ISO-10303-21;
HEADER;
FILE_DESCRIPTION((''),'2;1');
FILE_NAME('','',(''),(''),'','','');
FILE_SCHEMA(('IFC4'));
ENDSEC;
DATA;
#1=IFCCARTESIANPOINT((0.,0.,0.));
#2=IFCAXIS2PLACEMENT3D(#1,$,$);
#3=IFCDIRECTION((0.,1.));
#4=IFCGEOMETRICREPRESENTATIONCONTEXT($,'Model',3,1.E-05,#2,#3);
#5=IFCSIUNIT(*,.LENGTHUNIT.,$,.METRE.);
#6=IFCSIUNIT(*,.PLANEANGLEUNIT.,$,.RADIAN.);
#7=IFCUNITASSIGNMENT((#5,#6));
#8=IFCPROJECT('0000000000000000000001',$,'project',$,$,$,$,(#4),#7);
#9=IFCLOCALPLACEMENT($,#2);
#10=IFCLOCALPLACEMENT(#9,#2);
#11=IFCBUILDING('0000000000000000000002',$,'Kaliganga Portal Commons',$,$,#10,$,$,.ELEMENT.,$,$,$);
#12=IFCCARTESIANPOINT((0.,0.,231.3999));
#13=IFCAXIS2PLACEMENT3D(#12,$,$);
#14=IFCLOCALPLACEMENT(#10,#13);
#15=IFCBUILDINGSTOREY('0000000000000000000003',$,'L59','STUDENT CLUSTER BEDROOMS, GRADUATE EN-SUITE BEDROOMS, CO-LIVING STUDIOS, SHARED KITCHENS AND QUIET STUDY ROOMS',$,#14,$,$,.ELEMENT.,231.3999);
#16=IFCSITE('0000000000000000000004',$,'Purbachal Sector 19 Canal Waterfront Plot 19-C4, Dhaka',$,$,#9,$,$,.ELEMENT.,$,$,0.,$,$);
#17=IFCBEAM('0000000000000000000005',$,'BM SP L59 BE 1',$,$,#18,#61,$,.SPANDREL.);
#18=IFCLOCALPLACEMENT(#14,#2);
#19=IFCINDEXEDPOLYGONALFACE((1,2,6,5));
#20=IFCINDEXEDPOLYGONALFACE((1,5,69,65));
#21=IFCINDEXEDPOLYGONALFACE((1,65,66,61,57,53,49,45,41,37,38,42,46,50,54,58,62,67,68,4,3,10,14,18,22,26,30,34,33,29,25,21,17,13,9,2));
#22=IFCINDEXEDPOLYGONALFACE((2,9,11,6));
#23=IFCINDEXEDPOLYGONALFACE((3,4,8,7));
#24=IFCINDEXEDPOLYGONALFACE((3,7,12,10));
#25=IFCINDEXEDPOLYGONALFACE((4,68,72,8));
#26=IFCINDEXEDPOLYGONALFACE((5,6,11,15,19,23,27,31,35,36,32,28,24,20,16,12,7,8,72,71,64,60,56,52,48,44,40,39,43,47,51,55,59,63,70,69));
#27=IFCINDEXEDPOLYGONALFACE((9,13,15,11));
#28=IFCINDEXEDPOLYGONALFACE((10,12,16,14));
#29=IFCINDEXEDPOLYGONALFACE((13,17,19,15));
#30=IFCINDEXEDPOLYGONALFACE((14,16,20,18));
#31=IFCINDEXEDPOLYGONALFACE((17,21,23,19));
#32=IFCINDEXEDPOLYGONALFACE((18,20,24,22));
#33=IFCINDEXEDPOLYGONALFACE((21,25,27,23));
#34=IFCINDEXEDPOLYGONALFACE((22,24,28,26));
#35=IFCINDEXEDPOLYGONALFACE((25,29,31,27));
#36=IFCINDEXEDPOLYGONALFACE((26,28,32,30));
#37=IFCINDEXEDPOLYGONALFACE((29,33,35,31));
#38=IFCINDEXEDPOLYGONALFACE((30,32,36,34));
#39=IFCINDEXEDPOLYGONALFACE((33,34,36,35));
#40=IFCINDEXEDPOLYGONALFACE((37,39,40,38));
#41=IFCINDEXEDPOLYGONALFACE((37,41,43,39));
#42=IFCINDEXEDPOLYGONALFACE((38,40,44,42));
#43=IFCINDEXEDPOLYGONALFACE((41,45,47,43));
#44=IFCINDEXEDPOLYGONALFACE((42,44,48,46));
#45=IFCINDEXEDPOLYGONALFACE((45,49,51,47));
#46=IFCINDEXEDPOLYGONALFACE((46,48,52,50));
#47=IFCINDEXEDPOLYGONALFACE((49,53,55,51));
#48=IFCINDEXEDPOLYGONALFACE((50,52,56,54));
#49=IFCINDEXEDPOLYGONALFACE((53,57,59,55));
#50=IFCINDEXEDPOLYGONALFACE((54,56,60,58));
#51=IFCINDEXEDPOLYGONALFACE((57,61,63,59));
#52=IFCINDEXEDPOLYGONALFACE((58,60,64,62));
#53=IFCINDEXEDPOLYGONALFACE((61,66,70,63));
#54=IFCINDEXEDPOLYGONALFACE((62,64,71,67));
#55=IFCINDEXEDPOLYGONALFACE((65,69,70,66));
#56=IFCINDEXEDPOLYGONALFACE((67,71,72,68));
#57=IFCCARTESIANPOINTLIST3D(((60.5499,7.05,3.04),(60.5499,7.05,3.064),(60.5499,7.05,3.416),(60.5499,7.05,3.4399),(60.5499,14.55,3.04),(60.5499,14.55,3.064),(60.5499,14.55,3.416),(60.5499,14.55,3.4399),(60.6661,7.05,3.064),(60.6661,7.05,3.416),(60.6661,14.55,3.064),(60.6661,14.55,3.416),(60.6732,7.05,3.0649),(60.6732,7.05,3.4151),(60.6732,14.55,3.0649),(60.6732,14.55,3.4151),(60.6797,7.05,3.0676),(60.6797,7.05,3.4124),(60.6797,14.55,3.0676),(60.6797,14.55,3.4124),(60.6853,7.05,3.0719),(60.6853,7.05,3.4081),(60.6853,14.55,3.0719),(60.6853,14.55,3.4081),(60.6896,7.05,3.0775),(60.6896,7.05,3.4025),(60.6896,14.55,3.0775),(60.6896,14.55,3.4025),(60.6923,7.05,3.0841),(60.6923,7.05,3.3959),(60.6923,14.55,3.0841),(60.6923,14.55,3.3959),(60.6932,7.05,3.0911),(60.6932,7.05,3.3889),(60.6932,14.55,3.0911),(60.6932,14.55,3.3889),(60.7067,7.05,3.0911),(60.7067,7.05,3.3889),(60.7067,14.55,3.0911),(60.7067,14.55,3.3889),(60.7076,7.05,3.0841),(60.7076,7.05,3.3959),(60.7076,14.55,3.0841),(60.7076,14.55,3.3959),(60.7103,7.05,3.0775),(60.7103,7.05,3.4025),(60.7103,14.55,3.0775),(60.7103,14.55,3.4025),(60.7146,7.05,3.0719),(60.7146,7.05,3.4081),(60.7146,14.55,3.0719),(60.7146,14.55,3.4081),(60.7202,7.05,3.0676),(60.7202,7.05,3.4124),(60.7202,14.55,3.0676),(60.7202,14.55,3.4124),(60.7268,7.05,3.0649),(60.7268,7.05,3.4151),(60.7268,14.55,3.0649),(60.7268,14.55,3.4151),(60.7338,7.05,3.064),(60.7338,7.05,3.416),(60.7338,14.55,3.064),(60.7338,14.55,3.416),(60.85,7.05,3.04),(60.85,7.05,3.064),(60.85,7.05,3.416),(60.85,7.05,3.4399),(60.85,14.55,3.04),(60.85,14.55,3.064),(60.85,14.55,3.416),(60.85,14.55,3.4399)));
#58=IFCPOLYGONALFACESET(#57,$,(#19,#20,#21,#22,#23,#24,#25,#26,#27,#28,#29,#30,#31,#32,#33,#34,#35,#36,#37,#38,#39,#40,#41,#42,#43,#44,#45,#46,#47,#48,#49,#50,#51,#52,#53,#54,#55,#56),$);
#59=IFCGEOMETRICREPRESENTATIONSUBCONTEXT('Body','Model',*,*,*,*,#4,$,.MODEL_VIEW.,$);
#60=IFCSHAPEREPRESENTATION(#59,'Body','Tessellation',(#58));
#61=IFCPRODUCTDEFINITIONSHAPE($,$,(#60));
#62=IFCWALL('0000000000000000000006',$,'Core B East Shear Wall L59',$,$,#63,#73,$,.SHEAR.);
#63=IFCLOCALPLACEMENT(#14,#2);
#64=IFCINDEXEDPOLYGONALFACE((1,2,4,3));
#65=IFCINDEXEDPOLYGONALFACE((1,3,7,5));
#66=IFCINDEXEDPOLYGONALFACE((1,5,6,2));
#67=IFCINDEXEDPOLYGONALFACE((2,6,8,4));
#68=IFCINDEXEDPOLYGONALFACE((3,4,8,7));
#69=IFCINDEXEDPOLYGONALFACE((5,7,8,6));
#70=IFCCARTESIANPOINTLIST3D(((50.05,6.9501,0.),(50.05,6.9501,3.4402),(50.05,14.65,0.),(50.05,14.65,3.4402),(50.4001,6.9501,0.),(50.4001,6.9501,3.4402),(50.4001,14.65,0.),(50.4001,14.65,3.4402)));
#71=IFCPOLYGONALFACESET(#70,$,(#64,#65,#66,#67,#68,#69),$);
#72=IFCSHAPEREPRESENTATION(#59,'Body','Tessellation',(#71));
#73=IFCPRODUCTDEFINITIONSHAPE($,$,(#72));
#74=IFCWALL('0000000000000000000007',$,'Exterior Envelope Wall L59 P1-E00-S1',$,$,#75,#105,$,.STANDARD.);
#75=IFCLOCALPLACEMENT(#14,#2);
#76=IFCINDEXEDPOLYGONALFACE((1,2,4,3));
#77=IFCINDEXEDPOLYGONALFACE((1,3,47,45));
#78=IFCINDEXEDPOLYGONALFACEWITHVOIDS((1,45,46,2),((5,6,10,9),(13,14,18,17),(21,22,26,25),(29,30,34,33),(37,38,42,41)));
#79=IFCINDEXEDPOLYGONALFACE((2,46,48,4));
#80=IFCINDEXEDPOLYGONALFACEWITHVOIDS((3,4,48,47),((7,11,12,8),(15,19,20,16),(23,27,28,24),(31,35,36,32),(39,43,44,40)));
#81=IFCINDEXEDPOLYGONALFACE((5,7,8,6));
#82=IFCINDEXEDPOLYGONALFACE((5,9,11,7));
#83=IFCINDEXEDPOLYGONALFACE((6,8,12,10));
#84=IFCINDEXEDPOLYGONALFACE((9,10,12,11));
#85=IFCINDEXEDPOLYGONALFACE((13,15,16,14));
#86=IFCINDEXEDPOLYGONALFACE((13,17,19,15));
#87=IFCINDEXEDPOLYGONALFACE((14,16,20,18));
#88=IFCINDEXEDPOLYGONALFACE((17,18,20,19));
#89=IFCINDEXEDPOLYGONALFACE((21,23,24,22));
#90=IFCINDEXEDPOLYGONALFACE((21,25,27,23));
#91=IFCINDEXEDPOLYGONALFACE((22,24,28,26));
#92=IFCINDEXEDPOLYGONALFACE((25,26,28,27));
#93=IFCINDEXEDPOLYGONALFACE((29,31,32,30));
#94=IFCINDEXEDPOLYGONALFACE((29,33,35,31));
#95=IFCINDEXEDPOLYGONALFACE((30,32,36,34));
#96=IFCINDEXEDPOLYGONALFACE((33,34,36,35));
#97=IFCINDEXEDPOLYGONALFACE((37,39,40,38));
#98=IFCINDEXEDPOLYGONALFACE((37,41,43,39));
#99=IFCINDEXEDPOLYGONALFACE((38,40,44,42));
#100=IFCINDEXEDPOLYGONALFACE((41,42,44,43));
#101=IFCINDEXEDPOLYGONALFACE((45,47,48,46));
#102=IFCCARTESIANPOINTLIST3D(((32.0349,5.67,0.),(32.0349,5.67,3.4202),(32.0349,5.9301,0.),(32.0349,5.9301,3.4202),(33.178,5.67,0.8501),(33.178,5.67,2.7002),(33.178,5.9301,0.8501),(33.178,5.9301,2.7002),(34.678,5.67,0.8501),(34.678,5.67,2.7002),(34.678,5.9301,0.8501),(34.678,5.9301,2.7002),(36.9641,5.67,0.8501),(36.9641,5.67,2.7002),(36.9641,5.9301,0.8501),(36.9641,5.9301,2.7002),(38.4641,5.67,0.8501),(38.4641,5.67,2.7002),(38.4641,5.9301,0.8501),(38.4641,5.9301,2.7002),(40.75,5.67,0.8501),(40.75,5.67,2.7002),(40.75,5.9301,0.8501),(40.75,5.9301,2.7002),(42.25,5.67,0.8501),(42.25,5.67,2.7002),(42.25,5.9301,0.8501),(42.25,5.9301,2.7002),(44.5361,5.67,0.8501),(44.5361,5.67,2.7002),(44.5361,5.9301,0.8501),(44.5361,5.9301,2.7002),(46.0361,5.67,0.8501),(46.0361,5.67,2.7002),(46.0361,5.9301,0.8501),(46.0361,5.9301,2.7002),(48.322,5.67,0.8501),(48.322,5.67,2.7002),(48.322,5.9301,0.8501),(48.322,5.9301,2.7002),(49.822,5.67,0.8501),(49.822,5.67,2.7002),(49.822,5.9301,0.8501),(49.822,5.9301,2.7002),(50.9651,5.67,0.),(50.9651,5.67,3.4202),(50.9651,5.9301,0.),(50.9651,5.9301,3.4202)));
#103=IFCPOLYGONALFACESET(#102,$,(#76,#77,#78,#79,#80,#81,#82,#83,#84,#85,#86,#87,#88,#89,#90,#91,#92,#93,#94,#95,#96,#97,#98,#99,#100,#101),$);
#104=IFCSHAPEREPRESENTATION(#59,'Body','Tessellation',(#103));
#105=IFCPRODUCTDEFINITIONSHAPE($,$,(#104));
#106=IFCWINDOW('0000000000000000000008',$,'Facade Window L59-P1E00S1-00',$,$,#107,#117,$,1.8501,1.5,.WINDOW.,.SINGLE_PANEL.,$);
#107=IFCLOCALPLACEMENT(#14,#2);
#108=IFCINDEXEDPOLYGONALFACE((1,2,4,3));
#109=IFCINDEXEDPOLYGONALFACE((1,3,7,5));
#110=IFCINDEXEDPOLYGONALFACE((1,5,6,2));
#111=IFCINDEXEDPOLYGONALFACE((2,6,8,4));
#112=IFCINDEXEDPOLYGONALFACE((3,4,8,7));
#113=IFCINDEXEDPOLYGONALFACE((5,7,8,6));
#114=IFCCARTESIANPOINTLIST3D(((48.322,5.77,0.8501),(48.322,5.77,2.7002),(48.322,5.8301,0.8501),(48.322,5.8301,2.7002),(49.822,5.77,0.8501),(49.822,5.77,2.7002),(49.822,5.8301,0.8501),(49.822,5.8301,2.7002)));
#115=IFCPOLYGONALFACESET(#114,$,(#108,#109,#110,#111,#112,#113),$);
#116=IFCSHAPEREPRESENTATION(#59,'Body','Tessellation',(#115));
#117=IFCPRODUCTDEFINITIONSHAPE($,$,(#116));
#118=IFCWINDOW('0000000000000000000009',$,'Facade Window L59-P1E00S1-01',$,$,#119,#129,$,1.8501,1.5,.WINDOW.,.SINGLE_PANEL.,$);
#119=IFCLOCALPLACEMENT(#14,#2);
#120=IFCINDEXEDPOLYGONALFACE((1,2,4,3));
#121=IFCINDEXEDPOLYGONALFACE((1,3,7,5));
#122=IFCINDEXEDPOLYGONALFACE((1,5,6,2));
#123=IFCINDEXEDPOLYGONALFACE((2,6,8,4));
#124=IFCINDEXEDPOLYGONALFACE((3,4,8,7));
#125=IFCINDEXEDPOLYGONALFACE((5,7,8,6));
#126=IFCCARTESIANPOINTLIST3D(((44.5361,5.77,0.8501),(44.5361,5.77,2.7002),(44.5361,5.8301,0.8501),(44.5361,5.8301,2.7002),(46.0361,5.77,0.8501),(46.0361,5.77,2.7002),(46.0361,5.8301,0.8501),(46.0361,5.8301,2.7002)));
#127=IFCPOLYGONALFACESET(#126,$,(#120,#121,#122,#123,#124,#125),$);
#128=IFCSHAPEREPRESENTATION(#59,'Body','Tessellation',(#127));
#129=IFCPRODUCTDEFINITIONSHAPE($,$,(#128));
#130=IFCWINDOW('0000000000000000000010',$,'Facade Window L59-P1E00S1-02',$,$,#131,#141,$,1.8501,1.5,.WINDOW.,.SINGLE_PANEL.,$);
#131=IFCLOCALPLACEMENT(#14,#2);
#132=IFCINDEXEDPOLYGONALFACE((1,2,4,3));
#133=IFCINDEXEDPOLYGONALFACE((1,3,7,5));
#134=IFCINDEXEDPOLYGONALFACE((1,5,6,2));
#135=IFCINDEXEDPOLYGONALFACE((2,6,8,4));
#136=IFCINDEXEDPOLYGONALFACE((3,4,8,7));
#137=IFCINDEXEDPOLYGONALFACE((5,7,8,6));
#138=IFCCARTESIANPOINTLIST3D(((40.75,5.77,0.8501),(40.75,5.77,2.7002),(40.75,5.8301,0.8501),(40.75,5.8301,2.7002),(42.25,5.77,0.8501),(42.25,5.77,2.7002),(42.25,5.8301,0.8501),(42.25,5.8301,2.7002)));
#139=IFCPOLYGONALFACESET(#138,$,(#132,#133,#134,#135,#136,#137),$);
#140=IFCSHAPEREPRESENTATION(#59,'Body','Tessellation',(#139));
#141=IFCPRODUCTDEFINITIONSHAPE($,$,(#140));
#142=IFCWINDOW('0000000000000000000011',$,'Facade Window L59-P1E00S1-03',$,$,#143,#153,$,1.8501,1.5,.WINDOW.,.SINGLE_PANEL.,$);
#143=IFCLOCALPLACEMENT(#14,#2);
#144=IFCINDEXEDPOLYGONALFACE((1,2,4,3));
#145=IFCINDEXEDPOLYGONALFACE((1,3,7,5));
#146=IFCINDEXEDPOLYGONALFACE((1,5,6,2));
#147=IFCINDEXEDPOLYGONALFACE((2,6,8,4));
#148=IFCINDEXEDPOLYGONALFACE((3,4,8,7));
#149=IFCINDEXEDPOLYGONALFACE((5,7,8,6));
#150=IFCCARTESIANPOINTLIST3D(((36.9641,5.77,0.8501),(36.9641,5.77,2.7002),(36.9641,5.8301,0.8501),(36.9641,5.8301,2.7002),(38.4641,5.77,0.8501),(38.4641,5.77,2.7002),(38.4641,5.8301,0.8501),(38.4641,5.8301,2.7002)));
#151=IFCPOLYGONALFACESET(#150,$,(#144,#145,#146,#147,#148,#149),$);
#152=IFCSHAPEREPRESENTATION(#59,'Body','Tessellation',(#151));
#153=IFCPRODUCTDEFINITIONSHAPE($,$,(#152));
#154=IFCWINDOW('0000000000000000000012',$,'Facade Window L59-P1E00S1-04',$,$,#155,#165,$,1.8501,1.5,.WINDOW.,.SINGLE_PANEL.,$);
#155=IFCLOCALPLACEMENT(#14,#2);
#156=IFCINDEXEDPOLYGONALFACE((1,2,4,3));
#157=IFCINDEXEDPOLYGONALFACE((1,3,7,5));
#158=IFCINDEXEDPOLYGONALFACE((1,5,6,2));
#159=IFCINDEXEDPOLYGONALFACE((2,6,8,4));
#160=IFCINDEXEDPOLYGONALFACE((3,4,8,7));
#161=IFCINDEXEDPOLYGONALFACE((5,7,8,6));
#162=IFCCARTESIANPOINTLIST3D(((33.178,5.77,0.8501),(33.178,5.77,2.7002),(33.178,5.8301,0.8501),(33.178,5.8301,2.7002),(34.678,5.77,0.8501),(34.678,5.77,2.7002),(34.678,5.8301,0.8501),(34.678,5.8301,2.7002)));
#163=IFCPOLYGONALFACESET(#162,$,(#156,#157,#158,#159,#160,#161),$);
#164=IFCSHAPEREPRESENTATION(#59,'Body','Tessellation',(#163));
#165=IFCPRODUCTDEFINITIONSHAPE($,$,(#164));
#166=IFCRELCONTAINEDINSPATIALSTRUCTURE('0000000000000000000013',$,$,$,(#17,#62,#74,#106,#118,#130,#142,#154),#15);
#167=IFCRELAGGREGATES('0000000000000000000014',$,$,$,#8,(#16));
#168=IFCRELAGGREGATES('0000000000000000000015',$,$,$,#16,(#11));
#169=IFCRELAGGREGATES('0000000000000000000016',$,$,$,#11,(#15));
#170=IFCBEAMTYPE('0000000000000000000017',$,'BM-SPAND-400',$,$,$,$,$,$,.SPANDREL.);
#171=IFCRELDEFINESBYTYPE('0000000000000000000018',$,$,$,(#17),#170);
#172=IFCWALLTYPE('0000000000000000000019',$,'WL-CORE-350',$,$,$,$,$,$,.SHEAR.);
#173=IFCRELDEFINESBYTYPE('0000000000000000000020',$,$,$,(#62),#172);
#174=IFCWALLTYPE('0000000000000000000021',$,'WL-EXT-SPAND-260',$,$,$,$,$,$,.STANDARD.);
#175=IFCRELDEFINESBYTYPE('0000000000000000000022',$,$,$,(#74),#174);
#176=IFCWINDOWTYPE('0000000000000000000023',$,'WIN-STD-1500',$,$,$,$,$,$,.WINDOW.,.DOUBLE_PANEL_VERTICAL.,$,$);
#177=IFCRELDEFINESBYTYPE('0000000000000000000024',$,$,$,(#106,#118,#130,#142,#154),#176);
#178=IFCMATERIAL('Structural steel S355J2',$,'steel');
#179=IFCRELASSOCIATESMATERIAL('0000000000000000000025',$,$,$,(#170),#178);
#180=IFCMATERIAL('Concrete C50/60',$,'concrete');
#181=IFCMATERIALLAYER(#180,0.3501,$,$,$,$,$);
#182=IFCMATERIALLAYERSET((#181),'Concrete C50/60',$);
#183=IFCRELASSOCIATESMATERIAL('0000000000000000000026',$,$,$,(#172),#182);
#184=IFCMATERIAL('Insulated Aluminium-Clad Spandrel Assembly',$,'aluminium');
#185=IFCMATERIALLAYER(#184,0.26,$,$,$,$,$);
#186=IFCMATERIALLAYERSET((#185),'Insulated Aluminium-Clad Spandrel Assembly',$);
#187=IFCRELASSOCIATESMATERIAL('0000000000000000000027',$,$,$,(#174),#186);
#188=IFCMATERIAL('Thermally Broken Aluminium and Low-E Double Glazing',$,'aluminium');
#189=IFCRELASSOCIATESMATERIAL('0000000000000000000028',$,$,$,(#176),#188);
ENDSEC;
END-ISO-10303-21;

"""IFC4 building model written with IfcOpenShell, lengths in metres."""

from ifc_helpers import new_model, si_unit, direction, frame, frame_2d, origin, origin_2d, place, context, subcontext, project, spatial, rectangle, i_section, extrude, source, transform, mapped, material, layer, layer_set, material_profile, profile_set, type_object, element, fill, save


model = new_model("IFC4")

# Units and contexts
model_context = context("Model", 3, precision=1e-05, world=origin(), true_north=direction((0.0, 1.0)))
body_context = subcontext(model_context, "Body", "Model", "MODEL_VIEW")
ifc_project = project(units=[si_unit("LENGTHUNIT", "METRE"), si_unit("PLANEANGLEUNIT", "RADIAN")], contexts=[model_context])

# Site, building, storey
site_placement = place(None, origin())
site = spatial("IfcSite", under=ifc_project, at=site_placement, Name="Purbachal Sector 19 Canal Waterfront Plot 19-C4, Dhaka", CompositionType="ELEMENT", RefElevation=0.0)
building_placement = place(site_placement, origin())
building = spatial("IfcBuilding", under=site, at=building_placement, Name="Kaliganga Portal Commons", CompositionType="ELEMENT")
storey_placement = place(building_placement, frame((0.0, 0.0, 231.3999)))
storey = spatial("IfcBuildingStorey", under=building, at=storey_placement, Name="L59", Description="STUDENT CLUSTER BEDROOMS, GRADUATE EN-SUITE BEDROOMS, CO-LIVING STUDIOS, SHARED KITCHENS AND QUIET STUDY ROOMS", CompositionType="ELEMENT", Elevation=231.3999)

# Shared definitions
ifc_material_1 = material(Name="Concrete C50/60", Category="concrete")
ifc_material_2 = material(Name="Structural steel S355J2", Category="steel")

# Beam
ifc_material_profile_1 = material_profile(ifc_material_2, i_section(OverallWidth=0.3, OverallDepth=0.3999, WebThickness=0.0134, FlangeThickness=0.0239, FilletRadius=0.0271, at=origin_2d()), Name="HE 400 B")
ifc_profile_set_1 = profile_set([ifc_material_profile_1], Name="Structural steel S355J2 wide-flange")
beam_type_1 = type_object("IfcBeamType", Name="BM-SPAND-400", PredefinedType="SPANDREL", material=ifc_profile_set_1)
shared_shape_1 = source(origin(), body_context, "Body", "SweptSolid", [
    extrude(i_section(OverallWidth=0.3, OverallDepth=0.3999, WebThickness=0.0134, FlangeThickness=0.0239, FilletRadius=0.0271, at=origin_2d()), origin(), (0.0, 0.0, 1.0), 7.5),
])
beam_1_placement = place(storey_placement, frame((60.7, 7.05, 3.24), z_axis=(0.0, 1.0, 0.0), x_axis=(-1.0, 0.0, 0.0)))
element("IfcBeam", 1, at=beam_1_placement, inside=storey, type_object=beam_type_1, Name="BM SP L59 BE 1", PredefinedType="SPANDREL", context=body_context, shape_type="MappedRepresentation", body=[
    mapped(shared_shape_1, transform((0.0, 0.0, 0.0), x_axis=(1.0, 0.0, 0.0), y_axis=(0.0, 1.0, 0.0), z_axis=(0.0, 0.0, 1.0), scale=1.0)),
])

# Wall
ifc_layer_1 = layer(ifc_material_1, 0.3501)
ifc_layer_set_1 = layer_set([ifc_layer_1], Name="Concrete C50/60")
wall_type_1 = type_object("IfcWallType", Name="WL-CORE-350", PredefinedType="SHEAR", material=ifc_layer_set_1)
wall_1_placement = place(storey_placement, frame((50.2251, 6.95, 0.0), z_axis=(0.0, 0.0, 1.0), x_axis=(0.0, 1.0, 0.0)))
element("IfcWall", 2, at=wall_1_placement, inside=storey, type_object=wall_type_1, Name="Core B East Shear Wall L59", PredefinedType="SHEAR", context=body_context, shape_type="SweptSolid", body=[
    extrude(rectangle(XDim=7.7, YDim=0.3501, at=frame_2d((3.8501, 0.0))), origin(), (0.0, 0.0, 1.0), 3.4402),
])

# Wall, openings, windows
ifc_material_3 = material(Name="Insulated Aluminium-Clad Spandrel Assembly", Category="aluminium")
ifc_layer_2 = layer(ifc_material_3, 0.26)
ifc_layer_set_2 = layer_set([ifc_layer_2], Name="Insulated Aluminium-Clad Spandrel Assembly")
wall_type_2 = type_object("IfcWallType", Name="WL-EXT-SPAND-260", PredefinedType="STANDARD", material=ifc_layer_set_2)
wall_2_placement = place(storey_placement, frame((50.9651, 5.8, 0.0), z_axis=(0.0, 0.0, 1.0), x_axis=(-1.0, 0.0, 0.0)))
wall_2 = element("IfcWall", 3, at=wall_2_placement, inside=storey, type_object=wall_type_2, Name="Exterior Envelope Wall L59 P1-E00-S1", PredefinedType="STANDARD", context=body_context, shape_type="SweptSolid", body=[
    extrude(rectangle(XDim=18.9302, YDim=0.26, at=frame_2d((9.4651, 0.0))), origin(), (0.0, 0.0, 1.0), 3.4202),
])
opening_1_placement = place(wall_2_placement, frame((1.1431, 0.0, 0.8501)))
opening_1 = element("IfcOpeningElement", 4, at=opening_1_placement, cuts=wall_2, PredefinedType="OPENING", context=body_context, shape_type="SweptSolid", body=[
    extrude(rectangle(XDim=1.5, YDim=1.8501, at=frame_2d((0.75, 0.925))), frame((0.0, 0.1401, 0.0), z_axis=(0.0, -1.0, 0.0), x_axis=(1.0, 0.0, 0.0)), (0.0, 0.0, 1.0), 0.28),
])
opening_2_placement = place(wall_2_placement, frame((4.929, 0.0, 0.8501)))
opening_2 = element("IfcOpeningElement", 5, at=opening_2_placement, cuts=wall_2, PredefinedType="OPENING", context=body_context, shape_type="SweptSolid", body=[
    extrude(rectangle(XDim=1.5, YDim=1.8501, at=frame_2d((0.75, 0.925))), frame((0.0, 0.1401, 0.0), z_axis=(0.0, -1.0, 0.0), x_axis=(1.0, 0.0, 0.0)), (0.0, 0.0, 1.0), 0.28),
])
opening_3_placement = place(wall_2_placement, frame((8.7151, 0.0, 0.8501)))
opening_3 = element("IfcOpeningElement", 6, at=opening_3_placement, cuts=wall_2, PredefinedType="OPENING", context=body_context, shape_type="SweptSolid", body=[
    extrude(rectangle(XDim=1.5, YDim=1.8501, at=frame_2d((0.75, 0.925))), frame((0.0, 0.1401, 0.0), z_axis=(0.0, -1.0, 0.0), x_axis=(1.0, 0.0, 0.0)), (0.0, 0.0, 1.0), 0.28),
])
opening_4_placement = place(wall_2_placement, frame((12.501, 0.0, 0.8501)))
opening_4 = element("IfcOpeningElement", 7, at=opening_4_placement, cuts=wall_2, PredefinedType="OPENING", context=body_context, shape_type="SweptSolid", body=[
    extrude(rectangle(XDim=1.5, YDim=1.8501, at=frame_2d((0.75, 0.925))), frame((0.0, 0.1401, 0.0), z_axis=(0.0, -1.0, 0.0), x_axis=(1.0, 0.0, 0.0)), (0.0, 0.0, 1.0), 0.28),
])
opening_5_placement = place(wall_2_placement, frame((16.2871, 0.0, 0.8501)))
opening_5 = element("IfcOpeningElement", 8, at=opening_5_placement, cuts=wall_2, PredefinedType="OPENING", context=body_context, shape_type="SweptSolid", body=[
    extrude(rectangle(XDim=1.5, YDim=1.8501, at=frame_2d((0.75, 0.925))), frame((0.0, 0.1401, 0.0), z_axis=(0.0, -1.0, 0.0), x_axis=(1.0, 0.0, 0.0)), (0.0, 0.0, 1.0), 0.28),
])
ifc_material_4 = material(Name="Thermally Broken Aluminium and Low-E Double Glazing", Category="aluminium")
window_type_1 = type_object("IfcWindowType", Name="WIN-STD-1500", PartitioningType="DOUBLE_PANEL_VERTICAL", PredefinedType="WINDOW", material=ifc_material_4)
window_1_placement = place(opening_1_placement, origin())
window_1 = element("IfcWindow", 9, at=window_1_placement, inside=storey, type_object=window_type_1, Name="Facade Window L59-P1E00S1-00", OverallHeight=1.8501, OverallWidth=1.5, PartitioningType="SINGLE_PANEL", PredefinedType="WINDOW", context=body_context, shape_type="SweptSolid", body=[
    extrude(rectangle(XDim=1.5, YDim=1.8501, at=frame_2d((0.75, 0.925))), frame((0.0, 0.03, 0.0), z_axis=(0.0, -1.0, 0.0), x_axis=(1.0, 0.0, 0.0)), (0.0, 0.0, 1.0), 0.0601),
])
fill(opening_1, window_1)
window_2_placement = place(opening_2_placement, origin())
window_2 = element("IfcWindow", 10, at=window_2_placement, inside=storey, type_object=window_type_1, Name="Facade Window L59-P1E00S1-01", OverallHeight=1.8501, OverallWidth=1.5, PartitioningType="SINGLE_PANEL", PredefinedType="WINDOW", context=body_context, shape_type="SweptSolid", body=[
    extrude(rectangle(XDim=1.5, YDim=1.8501, at=frame_2d((0.75, 0.925))), frame((0.0, 0.03, 0.0), z_axis=(0.0, -1.0, 0.0), x_axis=(1.0, 0.0, 0.0)), (0.0, 0.0, 1.0), 0.0601),
])
fill(opening_2, window_2)
window_3_placement = place(opening_3_placement, origin())
window_3 = element("IfcWindow", 11, at=window_3_placement, inside=storey, type_object=window_type_1, Name="Facade Window L59-P1E00S1-02", OverallHeight=1.8501, OverallWidth=1.5, PartitioningType="SINGLE_PANEL", PredefinedType="WINDOW", context=body_context, shape_type="SweptSolid", body=[
    extrude(rectangle(XDim=1.5, YDim=1.8501, at=frame_2d((0.75, 0.925))), frame((0.0, 0.03, 0.0), z_axis=(0.0, -1.0, 0.0), x_axis=(1.0, 0.0, 0.0)), (0.0, 0.0, 1.0), 0.0601),
])
fill(opening_3, window_3)
window_4_placement = place(opening_4_placement, origin())
window_4 = element("IfcWindow", 12, at=window_4_placement, inside=storey, type_object=window_type_1, Name="Facade Window L59-P1E00S1-03", OverallHeight=1.8501, OverallWidth=1.5, PartitioningType="SINGLE_PANEL", PredefinedType="WINDOW", context=body_context, shape_type="SweptSolid", body=[
    extrude(rectangle(XDim=1.5, YDim=1.8501, at=frame_2d((0.75, 0.925))), frame((0.0, 0.03, 0.0), z_axis=(0.0, -1.0, 0.0), x_axis=(1.0, 0.0, 0.0)), (0.0, 0.0, 1.0), 0.0601),
])
fill(opening_4, window_4)
window_5_placement = place(opening_5_placement, origin())
window_5 = element("IfcWindow", 13, at=window_5_placement, inside=storey, type_object=window_type_1, Name="Facade Window L59-P1E00S1-04", OverallHeight=1.8501, OverallWidth=1.5, PartitioningType="SINGLE_PANEL", PredefinedType="WINDOW", context=body_context, shape_type="SweptSolid", body=[
    extrude(rectangle(XDim=1.5, YDim=1.8501, at=frame_2d((0.75, 0.925))), frame((0.0, 0.03, 0.0), z_axis=(0.0, -1.0, 0.0), x_axis=(1.0, 0.0, 0.0)), (0.0, 0.0, 1.0), 0.0601),
])
fill(opening_5, window_5)

save(model, "model.ifc")
